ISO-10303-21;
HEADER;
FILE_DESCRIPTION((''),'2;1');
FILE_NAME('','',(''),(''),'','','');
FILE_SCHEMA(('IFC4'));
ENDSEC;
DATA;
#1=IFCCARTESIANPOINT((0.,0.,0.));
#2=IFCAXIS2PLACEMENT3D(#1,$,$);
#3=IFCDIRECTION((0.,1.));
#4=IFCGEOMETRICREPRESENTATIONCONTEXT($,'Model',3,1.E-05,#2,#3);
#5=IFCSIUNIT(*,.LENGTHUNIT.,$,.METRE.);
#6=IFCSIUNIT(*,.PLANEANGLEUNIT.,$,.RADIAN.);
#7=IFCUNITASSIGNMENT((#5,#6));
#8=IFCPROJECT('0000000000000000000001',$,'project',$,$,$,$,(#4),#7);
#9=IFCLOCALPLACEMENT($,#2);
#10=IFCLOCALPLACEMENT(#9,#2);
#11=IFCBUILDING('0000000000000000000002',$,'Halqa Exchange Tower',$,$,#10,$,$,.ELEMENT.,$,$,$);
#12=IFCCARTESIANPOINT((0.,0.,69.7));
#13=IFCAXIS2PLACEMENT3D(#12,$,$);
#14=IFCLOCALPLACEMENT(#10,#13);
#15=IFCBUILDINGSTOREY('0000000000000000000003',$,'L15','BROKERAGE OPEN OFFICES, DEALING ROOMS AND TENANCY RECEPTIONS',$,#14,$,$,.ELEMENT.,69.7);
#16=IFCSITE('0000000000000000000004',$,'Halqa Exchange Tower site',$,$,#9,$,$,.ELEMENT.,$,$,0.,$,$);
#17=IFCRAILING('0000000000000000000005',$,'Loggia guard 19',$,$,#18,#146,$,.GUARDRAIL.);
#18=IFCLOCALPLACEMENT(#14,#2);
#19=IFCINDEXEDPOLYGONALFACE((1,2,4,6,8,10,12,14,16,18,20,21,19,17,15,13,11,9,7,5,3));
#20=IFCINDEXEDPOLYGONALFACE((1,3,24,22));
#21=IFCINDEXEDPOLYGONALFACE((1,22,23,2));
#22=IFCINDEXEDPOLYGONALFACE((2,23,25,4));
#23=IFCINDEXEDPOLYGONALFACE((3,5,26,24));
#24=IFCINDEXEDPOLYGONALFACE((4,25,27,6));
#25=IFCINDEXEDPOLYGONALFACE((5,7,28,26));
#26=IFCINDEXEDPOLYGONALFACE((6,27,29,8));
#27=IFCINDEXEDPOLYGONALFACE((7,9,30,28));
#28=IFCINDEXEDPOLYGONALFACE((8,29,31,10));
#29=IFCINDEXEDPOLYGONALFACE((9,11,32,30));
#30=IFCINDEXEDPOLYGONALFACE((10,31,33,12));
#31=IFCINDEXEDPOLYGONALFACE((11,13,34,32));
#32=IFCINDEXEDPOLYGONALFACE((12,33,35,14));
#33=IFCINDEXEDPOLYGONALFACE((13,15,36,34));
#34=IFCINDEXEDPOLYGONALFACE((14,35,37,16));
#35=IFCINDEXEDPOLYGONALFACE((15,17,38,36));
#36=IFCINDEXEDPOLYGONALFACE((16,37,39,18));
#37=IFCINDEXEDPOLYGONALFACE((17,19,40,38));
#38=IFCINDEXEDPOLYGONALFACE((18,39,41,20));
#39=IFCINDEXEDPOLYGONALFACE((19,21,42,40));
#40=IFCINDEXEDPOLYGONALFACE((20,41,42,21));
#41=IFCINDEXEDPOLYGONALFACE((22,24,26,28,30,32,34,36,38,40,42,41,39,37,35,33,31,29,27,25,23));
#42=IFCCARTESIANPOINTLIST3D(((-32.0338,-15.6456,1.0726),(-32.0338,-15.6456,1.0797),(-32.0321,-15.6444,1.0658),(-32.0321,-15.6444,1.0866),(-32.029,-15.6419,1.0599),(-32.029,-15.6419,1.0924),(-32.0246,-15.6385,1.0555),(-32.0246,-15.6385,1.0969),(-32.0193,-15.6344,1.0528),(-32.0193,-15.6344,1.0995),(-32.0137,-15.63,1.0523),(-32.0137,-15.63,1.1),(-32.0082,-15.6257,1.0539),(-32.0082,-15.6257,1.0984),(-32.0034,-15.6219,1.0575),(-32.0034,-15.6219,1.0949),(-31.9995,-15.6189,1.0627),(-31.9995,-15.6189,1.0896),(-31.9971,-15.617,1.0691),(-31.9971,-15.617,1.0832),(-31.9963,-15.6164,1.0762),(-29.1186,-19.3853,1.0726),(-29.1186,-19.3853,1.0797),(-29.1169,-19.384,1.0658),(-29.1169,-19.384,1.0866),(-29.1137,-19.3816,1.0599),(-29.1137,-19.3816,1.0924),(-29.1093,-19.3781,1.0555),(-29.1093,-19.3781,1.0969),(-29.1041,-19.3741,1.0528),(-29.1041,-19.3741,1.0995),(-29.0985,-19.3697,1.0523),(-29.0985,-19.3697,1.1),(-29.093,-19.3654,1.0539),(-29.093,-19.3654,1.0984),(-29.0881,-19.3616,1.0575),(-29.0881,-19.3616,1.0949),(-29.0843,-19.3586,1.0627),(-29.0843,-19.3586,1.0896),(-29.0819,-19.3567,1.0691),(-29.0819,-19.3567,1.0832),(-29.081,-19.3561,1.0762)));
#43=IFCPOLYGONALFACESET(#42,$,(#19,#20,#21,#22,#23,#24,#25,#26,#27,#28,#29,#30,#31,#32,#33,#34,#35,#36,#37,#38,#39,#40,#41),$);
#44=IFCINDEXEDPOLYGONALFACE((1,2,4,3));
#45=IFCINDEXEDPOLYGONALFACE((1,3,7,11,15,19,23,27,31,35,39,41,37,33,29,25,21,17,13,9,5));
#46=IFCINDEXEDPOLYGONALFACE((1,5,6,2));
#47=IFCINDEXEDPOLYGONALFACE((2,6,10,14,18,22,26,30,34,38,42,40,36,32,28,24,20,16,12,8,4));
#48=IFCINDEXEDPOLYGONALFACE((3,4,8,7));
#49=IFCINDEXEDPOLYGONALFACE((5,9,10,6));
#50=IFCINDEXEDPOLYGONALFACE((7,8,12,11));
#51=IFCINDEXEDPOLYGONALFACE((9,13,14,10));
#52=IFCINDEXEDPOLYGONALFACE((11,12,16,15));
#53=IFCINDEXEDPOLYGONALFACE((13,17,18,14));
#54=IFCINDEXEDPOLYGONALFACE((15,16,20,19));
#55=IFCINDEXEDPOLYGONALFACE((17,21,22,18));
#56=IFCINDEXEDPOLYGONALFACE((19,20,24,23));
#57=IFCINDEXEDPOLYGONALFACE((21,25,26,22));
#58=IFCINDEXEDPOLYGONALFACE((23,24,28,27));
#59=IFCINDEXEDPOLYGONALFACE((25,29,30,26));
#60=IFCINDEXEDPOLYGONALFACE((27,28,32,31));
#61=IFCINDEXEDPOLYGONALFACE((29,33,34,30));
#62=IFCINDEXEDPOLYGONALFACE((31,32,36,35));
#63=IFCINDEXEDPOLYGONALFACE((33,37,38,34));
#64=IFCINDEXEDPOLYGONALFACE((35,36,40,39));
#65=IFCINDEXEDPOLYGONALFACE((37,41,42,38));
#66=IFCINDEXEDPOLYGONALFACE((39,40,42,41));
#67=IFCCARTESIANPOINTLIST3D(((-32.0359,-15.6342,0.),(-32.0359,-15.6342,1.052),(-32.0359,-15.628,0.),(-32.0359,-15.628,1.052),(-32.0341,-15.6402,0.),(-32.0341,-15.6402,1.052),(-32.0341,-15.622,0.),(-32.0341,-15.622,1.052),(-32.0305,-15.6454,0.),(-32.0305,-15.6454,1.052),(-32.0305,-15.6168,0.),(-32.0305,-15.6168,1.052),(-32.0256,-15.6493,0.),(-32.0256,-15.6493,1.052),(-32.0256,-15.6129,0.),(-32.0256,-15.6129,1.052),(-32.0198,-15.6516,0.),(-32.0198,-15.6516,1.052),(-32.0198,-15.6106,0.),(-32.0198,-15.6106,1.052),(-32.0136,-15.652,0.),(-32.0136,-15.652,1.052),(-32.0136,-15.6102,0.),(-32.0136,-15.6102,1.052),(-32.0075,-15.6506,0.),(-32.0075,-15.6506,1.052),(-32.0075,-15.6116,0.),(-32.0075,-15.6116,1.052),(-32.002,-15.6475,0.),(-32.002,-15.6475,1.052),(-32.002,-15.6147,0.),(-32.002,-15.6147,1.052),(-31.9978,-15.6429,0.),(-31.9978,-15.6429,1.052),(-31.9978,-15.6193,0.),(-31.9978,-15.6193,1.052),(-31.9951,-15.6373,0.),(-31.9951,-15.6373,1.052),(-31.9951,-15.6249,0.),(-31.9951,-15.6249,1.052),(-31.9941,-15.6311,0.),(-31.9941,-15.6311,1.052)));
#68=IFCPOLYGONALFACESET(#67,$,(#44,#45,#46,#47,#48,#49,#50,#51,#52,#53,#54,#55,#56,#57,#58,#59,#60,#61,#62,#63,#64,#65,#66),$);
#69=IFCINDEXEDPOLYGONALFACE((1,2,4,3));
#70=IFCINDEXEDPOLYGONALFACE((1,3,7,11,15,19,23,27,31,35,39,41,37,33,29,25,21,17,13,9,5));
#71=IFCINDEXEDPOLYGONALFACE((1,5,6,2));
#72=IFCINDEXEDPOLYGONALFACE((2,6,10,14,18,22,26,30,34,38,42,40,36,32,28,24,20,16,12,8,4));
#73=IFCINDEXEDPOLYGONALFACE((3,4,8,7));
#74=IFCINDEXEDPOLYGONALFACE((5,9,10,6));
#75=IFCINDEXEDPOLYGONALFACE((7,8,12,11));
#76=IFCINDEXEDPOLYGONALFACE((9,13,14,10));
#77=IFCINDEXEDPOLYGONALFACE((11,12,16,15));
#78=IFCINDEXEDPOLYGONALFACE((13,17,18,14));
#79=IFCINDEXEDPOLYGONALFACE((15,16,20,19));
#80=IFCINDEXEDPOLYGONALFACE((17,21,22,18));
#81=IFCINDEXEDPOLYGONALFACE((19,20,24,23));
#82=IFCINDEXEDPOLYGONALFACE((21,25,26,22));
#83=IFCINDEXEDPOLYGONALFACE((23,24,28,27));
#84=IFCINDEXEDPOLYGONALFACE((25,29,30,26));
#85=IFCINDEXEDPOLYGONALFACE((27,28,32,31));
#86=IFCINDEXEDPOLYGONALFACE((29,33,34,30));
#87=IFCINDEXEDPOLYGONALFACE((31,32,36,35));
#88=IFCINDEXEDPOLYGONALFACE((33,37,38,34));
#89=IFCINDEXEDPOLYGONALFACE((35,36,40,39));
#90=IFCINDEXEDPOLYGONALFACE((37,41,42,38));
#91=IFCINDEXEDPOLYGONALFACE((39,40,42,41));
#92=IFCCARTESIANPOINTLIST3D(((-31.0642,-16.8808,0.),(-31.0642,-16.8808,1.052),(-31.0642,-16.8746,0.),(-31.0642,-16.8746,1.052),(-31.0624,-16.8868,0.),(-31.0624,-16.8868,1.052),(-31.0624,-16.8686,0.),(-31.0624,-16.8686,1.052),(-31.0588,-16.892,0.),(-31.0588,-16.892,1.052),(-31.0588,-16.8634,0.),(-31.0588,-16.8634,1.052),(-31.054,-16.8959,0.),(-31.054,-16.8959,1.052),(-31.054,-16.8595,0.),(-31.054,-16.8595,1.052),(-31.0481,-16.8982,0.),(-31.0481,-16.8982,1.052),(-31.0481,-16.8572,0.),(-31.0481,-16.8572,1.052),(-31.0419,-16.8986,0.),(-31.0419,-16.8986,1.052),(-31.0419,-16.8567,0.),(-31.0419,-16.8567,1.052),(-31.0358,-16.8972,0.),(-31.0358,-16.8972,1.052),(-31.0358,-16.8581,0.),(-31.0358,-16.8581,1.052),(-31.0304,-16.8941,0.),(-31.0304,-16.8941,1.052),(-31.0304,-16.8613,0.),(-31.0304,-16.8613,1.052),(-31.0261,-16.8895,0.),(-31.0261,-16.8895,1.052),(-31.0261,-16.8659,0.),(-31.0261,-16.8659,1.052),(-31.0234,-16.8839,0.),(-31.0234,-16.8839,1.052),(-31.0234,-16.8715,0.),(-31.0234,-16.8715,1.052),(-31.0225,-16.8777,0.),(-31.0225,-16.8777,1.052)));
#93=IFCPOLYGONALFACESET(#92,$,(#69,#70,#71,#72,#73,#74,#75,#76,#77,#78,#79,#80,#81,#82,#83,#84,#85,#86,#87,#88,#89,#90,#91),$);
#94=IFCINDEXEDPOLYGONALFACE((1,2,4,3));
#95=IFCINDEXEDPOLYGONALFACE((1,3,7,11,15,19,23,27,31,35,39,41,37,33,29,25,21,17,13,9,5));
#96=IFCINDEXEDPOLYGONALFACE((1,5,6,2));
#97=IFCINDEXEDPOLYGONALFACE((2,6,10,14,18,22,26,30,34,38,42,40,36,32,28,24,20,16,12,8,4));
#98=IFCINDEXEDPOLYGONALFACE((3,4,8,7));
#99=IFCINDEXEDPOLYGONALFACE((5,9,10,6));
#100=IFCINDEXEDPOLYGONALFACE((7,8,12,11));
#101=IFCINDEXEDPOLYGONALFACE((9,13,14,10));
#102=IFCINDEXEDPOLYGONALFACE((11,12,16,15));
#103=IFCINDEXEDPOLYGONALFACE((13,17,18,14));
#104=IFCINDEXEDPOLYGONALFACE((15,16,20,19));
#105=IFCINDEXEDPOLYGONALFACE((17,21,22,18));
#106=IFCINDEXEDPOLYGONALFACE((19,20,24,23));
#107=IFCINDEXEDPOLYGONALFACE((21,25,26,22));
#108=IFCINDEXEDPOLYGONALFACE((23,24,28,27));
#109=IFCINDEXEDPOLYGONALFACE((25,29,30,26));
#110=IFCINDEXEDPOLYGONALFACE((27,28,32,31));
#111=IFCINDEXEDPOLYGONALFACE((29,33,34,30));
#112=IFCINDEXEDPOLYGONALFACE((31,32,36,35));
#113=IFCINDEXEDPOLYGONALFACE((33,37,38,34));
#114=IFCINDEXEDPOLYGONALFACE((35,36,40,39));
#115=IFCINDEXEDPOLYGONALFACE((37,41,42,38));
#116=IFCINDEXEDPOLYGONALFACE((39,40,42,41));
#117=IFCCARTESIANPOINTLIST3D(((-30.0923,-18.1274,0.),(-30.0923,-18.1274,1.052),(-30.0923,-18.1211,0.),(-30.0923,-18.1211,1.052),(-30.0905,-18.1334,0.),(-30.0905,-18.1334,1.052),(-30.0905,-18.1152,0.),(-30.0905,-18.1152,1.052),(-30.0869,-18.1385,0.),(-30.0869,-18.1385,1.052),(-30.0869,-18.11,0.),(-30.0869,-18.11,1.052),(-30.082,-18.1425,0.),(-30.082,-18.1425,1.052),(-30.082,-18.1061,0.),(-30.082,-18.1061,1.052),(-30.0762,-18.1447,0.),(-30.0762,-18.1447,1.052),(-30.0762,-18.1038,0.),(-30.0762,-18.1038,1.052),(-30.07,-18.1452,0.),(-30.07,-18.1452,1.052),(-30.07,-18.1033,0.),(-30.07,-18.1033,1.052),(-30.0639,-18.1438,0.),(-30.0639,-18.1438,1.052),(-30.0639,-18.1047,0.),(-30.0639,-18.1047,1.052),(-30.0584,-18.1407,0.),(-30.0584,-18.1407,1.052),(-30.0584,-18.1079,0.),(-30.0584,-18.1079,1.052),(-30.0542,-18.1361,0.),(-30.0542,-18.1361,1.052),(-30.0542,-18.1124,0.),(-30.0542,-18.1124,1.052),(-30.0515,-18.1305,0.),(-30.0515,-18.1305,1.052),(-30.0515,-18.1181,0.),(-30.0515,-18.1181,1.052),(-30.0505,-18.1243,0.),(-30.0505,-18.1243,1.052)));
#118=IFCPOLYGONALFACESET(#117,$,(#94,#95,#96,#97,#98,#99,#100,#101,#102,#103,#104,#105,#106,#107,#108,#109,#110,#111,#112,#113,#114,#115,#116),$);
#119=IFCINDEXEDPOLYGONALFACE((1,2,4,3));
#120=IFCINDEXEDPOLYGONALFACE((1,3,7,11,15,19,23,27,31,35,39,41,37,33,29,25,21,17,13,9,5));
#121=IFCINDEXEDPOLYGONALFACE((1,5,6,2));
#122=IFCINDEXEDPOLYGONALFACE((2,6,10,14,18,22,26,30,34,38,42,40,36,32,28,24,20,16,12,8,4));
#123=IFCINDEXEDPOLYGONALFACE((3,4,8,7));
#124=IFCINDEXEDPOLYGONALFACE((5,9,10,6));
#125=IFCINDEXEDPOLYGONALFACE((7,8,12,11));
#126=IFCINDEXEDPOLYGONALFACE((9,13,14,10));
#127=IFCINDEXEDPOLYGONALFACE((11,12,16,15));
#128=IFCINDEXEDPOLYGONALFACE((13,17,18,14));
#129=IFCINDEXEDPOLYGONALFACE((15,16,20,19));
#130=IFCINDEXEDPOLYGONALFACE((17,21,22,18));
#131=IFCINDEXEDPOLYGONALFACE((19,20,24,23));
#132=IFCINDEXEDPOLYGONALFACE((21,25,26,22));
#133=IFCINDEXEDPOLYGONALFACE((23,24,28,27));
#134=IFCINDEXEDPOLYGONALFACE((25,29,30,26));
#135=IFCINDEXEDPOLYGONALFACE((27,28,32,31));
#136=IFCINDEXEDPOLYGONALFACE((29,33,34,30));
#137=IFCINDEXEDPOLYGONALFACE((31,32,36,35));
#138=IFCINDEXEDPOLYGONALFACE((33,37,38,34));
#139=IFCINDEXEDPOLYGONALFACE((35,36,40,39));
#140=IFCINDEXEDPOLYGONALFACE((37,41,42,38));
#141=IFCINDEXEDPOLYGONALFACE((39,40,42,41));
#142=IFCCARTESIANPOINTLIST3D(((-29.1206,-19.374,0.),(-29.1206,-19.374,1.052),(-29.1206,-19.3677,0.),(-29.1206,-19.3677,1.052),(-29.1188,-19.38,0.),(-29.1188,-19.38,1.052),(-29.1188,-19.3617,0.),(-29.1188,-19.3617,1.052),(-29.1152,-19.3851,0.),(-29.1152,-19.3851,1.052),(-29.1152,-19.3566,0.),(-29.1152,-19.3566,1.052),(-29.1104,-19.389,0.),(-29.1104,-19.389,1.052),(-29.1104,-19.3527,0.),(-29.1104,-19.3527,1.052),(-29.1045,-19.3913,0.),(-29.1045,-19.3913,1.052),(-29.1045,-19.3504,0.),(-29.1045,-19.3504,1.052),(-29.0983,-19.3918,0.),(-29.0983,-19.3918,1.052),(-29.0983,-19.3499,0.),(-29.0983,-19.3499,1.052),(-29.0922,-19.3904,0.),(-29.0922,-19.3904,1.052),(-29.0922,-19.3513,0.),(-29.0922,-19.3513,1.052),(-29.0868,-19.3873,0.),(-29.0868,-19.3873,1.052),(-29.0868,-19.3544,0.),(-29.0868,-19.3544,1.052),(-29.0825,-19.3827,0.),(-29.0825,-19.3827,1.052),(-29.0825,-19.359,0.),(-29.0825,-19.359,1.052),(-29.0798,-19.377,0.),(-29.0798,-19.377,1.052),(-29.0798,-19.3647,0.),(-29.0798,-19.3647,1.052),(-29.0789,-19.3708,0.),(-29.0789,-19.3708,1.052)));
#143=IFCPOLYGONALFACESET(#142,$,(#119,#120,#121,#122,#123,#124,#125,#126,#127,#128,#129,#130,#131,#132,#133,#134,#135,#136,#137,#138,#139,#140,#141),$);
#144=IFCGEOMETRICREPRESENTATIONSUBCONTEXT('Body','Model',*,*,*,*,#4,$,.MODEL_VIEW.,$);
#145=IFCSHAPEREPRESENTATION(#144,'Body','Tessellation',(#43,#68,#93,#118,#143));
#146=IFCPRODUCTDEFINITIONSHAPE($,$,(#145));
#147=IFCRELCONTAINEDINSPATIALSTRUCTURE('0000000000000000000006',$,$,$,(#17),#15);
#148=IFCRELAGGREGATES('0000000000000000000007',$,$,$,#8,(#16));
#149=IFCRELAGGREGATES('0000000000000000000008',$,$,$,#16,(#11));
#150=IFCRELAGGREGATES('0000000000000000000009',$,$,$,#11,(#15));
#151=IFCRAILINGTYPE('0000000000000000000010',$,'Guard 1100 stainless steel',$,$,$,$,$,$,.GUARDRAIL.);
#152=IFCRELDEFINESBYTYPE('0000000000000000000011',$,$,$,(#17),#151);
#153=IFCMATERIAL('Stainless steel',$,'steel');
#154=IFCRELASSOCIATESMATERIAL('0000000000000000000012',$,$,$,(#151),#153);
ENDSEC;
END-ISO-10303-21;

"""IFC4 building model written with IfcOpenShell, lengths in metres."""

from ifc_helpers import new_model, si_unit, direction, frame, origin, origin_2d, place, context, subcontext, project, spatial, circle, extrude, material, type_object, element, save


model = new_model("IFC4")

# Units and contexts
model_context = context("Model", 3, precision=1e-05, world=origin(), true_north=direction((0.0, 1.0)))
body_context = subcontext(model_context, "Body", "Model", "MODEL_VIEW")
ifc_project = project(units=[si_unit("LENGTHUNIT", "METRE"), si_unit("PLANEANGLEUNIT", "RADIAN")], contexts=[model_context])

# Site, building, storey
site_placement = place(None, origin())
site = spatial("IfcSite", under=ifc_project, at=site_placement, Name="Halqa Exchange Tower site", CompositionType="ELEMENT", RefElevation=0.0)
building_placement = place(site_placement, origin())
building = spatial("IfcBuilding", under=site, at=building_placement, Name="Halqa Exchange Tower", CompositionType="ELEMENT")
storey_placement = place(building_placement, frame((0.0, 0.0, 69.7)))
storey = spatial("IfcBuildingStorey", under=building, at=storey_placement, Name="L15", Description="BROKERAGE OPEN OFFICES, DEALING ROOMS AND TENANCY RECEPTIONS", CompositionType="ELEMENT", Elevation=69.7)

# Railing
ifc_material_1 = material(Name="Stainless steel", Category="steel")
railing_type = type_object("IfcRailingType", Name="Guard 1100 stainless steel", PredefinedType="GUARDRAIL", material=ifc_material_1)
railing_1_placement = place(storey_placement, frame((-32.0151, -15.6311, 0.0)))
element("IfcRailing", 1, at=railing_1_placement, inside=storey, type_object=railing_type, Name="Loggia guard 19", PredefinedType="GUARDRAIL", context=body_context, shape_type="SweptSolid", body=[
    extrude(circle(Radius=0.0239, at=origin_2d()), frame((0.0, 0.0, 1.0762), z_axis=(0.614806, -0.788678, 0.0), x_axis=(0.788678, 0.614806, 0.0)), (0.0, 0.0, 1.0), 4.7417),
    extrude(circle(Radius=0.021, at=origin_2d()), origin(), (0.0, 0.0, 1.0), 1.052),
    extrude(circle(Radius=0.021, at=origin_2d()), frame((0.9717, -1.2466, 0.0)), (0.0, 0.0, 1.0), 1.052),
    extrude(circle(Radius=0.021, at=origin_2d()), frame((1.9436, -2.4932, 0.0)), (0.0, 0.0, 1.0), 1.052),
    extrude(circle(Radius=0.021, at=origin_2d()), frame((2.9153, -3.7397, 0.0)), (0.0, 0.0, 1.0), 1.052),
])

save(model, "model.ifc")
